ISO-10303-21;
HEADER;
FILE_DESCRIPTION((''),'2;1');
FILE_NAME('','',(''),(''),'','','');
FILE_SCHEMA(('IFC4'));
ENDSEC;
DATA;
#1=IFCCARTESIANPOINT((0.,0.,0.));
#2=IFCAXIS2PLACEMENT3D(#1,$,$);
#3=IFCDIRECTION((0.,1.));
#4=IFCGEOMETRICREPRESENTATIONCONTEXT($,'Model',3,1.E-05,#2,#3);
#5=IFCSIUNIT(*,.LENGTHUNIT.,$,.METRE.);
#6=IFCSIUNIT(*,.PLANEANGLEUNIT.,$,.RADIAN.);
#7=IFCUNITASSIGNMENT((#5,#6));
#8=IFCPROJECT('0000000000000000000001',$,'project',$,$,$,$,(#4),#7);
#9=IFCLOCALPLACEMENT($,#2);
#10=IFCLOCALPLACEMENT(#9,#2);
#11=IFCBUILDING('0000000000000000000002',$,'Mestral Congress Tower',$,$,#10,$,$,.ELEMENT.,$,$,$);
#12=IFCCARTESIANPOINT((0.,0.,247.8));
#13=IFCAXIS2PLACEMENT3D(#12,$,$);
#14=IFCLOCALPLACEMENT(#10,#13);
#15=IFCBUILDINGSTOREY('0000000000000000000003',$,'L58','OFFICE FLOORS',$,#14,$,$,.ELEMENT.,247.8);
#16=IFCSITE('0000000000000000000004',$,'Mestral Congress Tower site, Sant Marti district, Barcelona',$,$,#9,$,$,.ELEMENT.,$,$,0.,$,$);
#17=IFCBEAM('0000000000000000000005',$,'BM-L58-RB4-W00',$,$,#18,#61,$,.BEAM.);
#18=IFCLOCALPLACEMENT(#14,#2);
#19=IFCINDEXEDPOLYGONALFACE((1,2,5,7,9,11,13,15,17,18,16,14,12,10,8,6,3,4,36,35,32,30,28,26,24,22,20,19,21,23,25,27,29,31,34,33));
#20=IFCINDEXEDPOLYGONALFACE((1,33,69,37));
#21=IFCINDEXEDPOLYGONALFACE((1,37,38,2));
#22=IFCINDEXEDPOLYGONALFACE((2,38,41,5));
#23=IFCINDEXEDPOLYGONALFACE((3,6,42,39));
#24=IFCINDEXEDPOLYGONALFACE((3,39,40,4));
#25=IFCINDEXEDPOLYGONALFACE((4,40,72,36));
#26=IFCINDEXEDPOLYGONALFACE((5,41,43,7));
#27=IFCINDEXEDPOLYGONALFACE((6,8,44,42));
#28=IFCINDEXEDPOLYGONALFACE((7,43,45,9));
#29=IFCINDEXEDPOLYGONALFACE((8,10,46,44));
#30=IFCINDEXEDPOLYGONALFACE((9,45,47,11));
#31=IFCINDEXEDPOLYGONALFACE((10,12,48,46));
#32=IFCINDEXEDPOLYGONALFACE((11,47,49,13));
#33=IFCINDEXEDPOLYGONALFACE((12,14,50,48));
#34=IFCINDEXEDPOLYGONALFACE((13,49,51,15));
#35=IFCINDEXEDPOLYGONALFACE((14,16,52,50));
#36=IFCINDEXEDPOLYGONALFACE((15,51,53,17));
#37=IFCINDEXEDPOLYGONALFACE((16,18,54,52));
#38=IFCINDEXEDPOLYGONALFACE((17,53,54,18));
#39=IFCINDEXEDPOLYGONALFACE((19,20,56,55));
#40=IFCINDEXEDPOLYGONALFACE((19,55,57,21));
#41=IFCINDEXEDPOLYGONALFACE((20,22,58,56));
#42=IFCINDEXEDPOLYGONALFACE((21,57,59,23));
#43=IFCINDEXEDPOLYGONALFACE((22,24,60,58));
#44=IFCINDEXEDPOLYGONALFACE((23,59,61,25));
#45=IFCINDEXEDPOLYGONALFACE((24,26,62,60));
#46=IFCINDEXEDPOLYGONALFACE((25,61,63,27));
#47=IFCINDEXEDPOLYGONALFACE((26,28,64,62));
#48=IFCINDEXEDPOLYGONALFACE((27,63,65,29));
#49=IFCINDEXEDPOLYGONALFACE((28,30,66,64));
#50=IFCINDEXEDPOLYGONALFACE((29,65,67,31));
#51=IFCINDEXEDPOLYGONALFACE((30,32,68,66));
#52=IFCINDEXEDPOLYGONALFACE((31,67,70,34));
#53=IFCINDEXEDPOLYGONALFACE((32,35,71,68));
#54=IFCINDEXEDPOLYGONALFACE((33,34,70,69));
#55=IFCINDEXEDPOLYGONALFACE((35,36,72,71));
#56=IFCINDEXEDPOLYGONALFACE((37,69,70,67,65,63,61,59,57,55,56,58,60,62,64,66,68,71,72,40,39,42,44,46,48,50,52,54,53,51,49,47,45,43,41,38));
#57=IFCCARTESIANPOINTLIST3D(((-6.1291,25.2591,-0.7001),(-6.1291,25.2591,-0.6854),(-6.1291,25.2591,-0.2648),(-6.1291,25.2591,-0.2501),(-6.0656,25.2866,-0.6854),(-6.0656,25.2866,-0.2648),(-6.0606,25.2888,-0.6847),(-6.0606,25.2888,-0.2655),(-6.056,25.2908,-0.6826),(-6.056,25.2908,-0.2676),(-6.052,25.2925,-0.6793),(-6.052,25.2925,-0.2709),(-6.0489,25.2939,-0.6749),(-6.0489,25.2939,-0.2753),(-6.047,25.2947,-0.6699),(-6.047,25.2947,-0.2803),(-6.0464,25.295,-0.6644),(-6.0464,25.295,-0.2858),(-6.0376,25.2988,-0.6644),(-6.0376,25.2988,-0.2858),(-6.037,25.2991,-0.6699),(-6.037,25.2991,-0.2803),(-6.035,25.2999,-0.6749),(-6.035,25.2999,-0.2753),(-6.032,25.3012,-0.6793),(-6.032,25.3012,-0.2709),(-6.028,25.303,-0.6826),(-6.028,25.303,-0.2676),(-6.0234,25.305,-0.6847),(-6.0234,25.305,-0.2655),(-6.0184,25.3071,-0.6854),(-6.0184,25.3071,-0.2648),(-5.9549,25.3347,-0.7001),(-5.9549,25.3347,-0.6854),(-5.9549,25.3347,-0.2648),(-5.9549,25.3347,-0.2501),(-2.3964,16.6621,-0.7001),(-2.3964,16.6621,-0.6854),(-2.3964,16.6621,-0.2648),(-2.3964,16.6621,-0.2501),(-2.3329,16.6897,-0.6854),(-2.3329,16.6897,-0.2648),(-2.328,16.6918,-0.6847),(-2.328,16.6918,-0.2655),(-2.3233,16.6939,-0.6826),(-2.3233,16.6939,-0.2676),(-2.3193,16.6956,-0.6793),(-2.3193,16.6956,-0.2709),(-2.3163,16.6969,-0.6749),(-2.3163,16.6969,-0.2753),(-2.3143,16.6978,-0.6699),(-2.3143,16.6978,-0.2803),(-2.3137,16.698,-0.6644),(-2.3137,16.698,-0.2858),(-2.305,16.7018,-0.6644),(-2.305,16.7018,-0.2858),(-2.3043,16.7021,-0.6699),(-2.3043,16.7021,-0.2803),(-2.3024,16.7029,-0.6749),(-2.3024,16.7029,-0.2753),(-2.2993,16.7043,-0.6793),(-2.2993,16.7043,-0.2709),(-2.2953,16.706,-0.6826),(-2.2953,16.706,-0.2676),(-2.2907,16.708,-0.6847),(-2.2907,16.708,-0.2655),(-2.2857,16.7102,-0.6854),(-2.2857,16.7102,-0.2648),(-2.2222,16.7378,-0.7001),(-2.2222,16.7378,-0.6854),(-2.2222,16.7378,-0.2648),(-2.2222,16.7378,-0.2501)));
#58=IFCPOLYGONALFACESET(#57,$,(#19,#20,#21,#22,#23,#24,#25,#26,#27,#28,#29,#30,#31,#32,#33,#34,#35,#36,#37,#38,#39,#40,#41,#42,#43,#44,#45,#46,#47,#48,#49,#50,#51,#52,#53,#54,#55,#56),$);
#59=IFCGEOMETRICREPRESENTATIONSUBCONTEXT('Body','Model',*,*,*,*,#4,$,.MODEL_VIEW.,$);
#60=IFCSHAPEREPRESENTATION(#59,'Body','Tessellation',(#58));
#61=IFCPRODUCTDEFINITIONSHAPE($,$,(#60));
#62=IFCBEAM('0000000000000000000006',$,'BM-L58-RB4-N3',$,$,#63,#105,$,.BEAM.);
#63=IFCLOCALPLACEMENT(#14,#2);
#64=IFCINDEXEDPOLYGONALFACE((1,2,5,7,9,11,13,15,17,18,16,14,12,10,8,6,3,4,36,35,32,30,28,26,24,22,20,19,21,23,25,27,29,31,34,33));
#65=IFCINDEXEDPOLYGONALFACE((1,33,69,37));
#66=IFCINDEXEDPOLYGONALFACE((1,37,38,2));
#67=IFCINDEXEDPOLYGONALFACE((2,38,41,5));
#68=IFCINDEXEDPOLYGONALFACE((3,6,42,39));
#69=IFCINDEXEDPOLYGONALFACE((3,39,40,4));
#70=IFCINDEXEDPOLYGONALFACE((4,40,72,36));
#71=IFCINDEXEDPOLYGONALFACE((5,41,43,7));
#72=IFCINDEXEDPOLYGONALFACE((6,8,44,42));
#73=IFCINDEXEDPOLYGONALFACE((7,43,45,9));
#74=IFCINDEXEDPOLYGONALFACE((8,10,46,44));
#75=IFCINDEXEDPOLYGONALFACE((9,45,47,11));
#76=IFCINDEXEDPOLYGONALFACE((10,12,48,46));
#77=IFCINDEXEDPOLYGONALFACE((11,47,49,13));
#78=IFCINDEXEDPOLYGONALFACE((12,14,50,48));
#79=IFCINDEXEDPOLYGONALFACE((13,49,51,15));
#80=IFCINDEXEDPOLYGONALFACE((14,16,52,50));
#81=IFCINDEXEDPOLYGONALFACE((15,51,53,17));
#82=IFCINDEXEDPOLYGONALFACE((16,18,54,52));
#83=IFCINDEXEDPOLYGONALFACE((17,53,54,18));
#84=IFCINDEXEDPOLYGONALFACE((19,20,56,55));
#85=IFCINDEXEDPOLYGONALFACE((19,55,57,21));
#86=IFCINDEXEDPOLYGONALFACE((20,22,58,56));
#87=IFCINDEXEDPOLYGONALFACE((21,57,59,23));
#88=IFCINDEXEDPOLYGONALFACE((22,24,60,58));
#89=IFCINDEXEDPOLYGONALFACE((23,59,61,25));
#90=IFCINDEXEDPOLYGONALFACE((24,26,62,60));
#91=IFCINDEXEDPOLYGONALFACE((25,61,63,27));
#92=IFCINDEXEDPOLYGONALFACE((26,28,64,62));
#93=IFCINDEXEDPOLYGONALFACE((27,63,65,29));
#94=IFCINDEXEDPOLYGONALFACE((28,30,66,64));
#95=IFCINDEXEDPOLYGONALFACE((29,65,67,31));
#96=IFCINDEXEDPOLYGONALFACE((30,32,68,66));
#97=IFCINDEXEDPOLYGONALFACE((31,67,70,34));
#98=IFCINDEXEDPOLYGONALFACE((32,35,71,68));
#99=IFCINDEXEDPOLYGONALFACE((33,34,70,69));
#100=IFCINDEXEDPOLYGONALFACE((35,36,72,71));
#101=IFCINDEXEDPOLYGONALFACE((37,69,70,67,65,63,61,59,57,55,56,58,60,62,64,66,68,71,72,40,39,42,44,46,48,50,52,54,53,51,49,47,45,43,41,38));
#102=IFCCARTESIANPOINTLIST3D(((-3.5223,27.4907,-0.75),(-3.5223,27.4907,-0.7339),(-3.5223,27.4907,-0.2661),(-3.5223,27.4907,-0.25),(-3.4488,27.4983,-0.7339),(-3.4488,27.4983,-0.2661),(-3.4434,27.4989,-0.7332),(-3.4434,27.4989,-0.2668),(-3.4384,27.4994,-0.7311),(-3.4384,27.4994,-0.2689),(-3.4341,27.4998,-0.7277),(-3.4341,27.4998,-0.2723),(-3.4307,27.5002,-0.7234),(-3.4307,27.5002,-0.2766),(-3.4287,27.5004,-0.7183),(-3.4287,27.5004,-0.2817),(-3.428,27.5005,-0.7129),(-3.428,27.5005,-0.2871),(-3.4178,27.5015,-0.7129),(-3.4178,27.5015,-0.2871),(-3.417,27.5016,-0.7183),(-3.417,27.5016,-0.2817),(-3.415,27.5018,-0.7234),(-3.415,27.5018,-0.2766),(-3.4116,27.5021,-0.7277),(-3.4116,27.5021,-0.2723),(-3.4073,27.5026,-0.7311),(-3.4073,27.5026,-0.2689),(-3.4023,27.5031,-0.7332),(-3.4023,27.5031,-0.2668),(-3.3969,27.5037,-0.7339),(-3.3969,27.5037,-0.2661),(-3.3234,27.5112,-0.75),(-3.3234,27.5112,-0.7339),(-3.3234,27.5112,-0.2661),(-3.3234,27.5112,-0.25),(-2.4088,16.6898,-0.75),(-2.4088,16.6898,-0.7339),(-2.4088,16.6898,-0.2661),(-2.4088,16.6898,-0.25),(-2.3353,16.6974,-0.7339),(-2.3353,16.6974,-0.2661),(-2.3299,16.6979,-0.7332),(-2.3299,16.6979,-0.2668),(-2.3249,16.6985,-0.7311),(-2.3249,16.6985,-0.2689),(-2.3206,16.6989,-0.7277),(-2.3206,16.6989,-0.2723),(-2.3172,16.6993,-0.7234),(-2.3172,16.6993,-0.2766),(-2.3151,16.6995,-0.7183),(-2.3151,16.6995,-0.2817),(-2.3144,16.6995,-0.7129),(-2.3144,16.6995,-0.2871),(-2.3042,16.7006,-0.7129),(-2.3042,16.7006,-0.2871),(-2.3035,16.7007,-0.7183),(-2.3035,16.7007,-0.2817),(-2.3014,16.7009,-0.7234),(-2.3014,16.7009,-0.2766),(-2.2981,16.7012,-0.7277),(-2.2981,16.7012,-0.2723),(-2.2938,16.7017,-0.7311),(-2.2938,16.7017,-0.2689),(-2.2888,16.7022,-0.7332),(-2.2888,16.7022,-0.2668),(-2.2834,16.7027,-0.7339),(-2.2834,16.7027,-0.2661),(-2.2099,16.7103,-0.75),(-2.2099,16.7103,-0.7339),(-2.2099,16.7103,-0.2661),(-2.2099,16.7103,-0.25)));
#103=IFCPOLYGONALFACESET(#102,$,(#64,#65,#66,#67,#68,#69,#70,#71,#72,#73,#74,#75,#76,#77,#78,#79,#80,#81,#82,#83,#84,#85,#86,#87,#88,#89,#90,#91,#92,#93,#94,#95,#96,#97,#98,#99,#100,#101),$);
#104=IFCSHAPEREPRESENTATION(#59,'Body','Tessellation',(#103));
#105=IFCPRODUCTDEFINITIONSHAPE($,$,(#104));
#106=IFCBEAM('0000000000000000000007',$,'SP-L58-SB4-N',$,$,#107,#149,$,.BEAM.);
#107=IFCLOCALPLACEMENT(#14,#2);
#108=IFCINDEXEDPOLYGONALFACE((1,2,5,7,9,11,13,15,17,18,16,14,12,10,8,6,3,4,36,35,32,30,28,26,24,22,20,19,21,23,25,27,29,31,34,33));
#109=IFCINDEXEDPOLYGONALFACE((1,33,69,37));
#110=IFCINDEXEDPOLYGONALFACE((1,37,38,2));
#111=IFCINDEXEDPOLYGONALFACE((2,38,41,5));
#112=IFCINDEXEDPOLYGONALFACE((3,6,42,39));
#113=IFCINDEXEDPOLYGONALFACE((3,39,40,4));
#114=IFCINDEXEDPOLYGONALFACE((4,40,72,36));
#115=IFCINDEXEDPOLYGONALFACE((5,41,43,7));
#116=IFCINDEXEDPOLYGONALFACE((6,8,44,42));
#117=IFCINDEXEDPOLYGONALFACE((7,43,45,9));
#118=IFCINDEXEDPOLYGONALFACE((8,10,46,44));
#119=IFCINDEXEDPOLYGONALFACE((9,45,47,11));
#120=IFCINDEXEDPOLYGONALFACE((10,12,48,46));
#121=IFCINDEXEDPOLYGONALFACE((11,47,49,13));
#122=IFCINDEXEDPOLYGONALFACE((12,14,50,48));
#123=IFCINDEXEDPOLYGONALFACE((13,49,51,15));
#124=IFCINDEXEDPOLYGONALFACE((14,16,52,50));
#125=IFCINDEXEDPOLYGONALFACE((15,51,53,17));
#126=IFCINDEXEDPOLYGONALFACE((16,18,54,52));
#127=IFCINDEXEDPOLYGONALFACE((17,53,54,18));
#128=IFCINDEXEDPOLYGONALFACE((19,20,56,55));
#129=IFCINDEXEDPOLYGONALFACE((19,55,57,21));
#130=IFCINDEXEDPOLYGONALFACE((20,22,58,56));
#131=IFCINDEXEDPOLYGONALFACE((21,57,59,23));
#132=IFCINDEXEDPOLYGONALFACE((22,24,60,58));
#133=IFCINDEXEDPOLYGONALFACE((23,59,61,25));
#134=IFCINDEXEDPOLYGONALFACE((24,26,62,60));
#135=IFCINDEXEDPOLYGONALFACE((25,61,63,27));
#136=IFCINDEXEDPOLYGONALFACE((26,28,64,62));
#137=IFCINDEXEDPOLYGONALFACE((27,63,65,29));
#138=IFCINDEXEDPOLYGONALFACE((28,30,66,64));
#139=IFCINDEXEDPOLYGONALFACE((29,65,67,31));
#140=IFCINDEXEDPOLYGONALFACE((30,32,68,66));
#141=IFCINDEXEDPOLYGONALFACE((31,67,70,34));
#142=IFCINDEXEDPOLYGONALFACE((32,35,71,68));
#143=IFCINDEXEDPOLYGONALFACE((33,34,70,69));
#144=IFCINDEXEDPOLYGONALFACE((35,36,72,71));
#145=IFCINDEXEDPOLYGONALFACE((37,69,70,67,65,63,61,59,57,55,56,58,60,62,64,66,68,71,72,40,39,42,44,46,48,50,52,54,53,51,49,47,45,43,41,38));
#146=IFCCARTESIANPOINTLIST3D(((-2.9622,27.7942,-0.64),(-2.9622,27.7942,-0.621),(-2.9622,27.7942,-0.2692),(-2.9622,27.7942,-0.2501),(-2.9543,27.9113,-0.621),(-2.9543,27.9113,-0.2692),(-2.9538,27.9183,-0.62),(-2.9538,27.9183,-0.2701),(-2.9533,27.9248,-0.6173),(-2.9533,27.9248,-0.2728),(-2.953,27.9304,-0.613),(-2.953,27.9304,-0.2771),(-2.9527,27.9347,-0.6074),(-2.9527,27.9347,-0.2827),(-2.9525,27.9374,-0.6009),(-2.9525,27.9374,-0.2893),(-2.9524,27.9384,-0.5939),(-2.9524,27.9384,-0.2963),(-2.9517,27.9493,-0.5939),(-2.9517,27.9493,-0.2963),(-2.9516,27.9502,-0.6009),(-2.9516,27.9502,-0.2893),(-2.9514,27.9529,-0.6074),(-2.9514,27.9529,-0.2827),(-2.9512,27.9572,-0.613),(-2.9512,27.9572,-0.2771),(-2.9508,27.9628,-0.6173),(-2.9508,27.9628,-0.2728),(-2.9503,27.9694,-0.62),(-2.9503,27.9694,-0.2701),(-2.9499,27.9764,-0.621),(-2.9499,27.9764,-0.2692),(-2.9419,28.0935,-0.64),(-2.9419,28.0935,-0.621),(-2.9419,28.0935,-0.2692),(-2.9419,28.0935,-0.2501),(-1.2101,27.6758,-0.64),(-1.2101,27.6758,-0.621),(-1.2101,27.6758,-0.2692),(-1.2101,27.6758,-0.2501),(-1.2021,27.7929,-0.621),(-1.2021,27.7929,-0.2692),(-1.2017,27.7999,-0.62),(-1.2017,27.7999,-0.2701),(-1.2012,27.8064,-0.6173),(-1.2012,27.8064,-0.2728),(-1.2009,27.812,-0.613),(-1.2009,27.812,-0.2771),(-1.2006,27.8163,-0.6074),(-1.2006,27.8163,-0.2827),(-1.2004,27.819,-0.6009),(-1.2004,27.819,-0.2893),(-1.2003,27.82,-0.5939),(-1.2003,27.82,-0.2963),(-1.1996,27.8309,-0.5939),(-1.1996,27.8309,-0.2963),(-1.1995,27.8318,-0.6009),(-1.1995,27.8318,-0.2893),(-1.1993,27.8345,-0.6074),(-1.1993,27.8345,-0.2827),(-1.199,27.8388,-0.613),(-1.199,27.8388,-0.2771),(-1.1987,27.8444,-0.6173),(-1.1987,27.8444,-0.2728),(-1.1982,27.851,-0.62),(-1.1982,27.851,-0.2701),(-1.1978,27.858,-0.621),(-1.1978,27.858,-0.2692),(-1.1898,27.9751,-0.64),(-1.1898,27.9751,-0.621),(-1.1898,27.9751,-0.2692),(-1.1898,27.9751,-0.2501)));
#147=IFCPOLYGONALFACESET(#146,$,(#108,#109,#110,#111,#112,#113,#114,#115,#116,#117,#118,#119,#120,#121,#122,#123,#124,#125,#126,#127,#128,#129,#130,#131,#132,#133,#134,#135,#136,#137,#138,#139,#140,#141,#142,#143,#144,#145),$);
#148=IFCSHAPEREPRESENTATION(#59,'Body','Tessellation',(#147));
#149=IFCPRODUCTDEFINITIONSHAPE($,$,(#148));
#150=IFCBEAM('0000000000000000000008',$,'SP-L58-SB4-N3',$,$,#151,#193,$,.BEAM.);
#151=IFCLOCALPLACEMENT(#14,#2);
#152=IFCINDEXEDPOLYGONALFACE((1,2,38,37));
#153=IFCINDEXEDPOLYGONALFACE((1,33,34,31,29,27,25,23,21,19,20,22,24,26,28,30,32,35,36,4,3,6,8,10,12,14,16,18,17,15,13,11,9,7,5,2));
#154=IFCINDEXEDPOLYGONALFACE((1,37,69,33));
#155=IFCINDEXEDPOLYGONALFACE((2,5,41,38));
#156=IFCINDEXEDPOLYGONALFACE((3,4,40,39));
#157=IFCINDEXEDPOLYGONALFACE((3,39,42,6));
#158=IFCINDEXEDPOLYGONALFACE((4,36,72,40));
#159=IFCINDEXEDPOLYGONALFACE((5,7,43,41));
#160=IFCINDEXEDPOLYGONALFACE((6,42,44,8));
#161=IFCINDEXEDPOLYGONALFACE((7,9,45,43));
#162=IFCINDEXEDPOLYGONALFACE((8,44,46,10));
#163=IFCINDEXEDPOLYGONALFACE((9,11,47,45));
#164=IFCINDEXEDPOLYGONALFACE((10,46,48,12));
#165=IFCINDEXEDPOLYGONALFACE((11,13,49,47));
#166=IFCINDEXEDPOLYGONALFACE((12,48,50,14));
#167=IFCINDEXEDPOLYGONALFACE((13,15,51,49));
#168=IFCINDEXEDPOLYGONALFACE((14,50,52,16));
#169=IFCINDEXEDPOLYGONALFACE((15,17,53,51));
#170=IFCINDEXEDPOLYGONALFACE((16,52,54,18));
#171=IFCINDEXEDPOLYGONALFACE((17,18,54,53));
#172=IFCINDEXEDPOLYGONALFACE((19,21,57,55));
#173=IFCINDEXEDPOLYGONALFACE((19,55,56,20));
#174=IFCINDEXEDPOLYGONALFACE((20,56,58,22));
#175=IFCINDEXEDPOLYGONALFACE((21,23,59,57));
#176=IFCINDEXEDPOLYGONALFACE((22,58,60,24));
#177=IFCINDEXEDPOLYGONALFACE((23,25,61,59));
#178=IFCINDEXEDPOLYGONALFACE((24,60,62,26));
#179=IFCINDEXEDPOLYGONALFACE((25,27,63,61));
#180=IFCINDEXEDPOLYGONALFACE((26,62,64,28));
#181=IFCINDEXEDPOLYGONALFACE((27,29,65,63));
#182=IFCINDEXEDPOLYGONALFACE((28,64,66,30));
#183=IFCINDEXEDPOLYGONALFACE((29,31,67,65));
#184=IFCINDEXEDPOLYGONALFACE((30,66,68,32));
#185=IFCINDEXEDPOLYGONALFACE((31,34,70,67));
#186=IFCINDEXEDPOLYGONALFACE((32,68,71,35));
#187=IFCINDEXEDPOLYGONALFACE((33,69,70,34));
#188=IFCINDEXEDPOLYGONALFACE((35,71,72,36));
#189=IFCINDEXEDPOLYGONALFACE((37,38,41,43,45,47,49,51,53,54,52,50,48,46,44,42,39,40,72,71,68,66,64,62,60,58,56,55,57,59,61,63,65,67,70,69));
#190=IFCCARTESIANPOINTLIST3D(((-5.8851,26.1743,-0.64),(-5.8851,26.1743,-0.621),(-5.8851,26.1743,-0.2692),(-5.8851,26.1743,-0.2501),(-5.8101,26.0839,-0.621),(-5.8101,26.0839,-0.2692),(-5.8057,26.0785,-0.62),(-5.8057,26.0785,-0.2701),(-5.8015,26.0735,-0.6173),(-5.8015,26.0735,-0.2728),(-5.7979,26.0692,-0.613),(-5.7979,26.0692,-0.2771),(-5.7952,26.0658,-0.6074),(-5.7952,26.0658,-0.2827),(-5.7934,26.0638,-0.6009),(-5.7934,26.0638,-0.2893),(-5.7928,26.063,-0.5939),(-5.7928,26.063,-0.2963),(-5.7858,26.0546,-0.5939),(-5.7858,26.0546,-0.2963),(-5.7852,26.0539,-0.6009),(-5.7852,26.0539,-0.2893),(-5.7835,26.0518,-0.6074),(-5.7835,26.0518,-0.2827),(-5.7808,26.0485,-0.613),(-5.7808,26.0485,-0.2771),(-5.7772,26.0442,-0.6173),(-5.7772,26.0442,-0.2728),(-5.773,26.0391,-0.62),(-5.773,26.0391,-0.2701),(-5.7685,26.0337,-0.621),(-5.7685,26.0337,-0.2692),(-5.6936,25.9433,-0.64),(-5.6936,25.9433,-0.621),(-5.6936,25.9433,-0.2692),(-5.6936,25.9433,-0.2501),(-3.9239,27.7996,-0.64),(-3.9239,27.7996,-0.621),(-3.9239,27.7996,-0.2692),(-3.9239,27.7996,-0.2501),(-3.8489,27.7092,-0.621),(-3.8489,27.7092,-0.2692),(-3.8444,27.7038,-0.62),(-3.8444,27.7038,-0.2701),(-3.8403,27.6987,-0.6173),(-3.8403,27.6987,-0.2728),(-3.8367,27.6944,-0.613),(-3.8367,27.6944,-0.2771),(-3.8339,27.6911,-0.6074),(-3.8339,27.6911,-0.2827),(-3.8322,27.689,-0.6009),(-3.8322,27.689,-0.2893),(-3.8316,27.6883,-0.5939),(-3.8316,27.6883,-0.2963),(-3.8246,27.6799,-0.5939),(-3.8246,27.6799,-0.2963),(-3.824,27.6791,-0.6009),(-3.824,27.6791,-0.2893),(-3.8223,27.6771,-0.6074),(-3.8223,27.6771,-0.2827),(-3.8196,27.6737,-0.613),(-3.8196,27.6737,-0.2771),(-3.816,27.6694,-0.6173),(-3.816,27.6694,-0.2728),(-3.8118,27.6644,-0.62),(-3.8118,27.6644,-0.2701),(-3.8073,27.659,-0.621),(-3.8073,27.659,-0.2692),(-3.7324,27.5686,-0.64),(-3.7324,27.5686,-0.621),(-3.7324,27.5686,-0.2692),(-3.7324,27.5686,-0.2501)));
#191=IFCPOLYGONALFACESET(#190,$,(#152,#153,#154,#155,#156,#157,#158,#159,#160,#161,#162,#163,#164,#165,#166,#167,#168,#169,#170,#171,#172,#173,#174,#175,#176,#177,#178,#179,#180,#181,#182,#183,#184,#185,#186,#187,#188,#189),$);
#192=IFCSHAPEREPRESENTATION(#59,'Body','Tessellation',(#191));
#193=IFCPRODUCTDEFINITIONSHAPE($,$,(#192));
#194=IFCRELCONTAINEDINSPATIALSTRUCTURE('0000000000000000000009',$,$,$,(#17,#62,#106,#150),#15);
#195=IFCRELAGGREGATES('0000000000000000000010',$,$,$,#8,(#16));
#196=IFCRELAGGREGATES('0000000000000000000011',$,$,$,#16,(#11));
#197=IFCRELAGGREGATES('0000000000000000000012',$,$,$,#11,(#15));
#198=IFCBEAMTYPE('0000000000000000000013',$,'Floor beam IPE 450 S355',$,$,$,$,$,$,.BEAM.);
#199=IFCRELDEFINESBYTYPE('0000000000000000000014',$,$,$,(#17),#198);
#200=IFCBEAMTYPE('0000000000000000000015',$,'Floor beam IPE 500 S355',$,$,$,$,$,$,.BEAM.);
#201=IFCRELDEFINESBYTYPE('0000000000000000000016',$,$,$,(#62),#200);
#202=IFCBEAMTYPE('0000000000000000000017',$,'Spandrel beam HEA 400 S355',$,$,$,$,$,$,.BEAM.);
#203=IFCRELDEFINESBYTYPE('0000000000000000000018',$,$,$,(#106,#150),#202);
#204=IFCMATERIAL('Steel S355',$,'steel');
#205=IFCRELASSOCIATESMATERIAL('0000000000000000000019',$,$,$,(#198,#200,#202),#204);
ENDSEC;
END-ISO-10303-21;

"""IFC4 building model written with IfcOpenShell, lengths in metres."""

from ifc_helpers import new_model, si_unit, direction, frame, origin, origin_2d, place, context, subcontext, project, spatial, i_section, extrude, material, material_profile, profile_set, type_object, element, save


model = new_model("IFC4")

# Units and contexts
model_context = context("Model", 3, precision=1e-05, world=origin(), true_north=direction((0.0, 1.0)))
body_context = subcontext(model_context, "Body", "Model", "MODEL_VIEW")
ifc_project = project(units=[si_unit("LENGTHUNIT", "METRE"), si_unit("PLANEANGLEUNIT", "RADIAN")], contexts=[model_context])

# Site, building, storey
site_placement = place(None, origin())
site = spatial("IfcSite", under=ifc_project, at=site_placement, Name="Mestral Congress Tower site, Sant Marti district, Barcelona", CompositionType="ELEMENT", RefElevation=0.0)
building_placement = place(site_placement, origin())
building = spatial("IfcBuilding", under=site, at=building_placement, Name="Mestral Congress Tower", CompositionType="ELEMENT")
storey_placement = place(building_placement, frame((0.0, 0.0, 247.8)))
storey = spatial("IfcBuildingStorey", under=building, at=storey_placement, Name="L58", Description="OFFICE FLOORS", CompositionType="ELEMENT", Elevation=247.8)

# Beams
ifc_material_1 = material(Name="Steel S355", Category="steel")
ifc_material_profile_1 = material_profile(ifc_material_1, i_section(OverallWidth=0.1899, OverallDepth=0.45, WebThickness=0.0095, FlangeThickness=0.0146, FilletRadius=0.021, at=origin_2d()), Name="IPE 450")
ifc_profile_set_1 = profile_set([ifc_material_profile_1], Name="Steel S355")
beam_type_1 = type_object("IfcBeamType", Name="Floor beam IPE 450 S355", PredefinedType="BEAM", material=ifc_profile_set_1)
beam_1_placement = place(storey_placement, frame((-6.042, 25.2969, -0.4751), z_axis=(0.398266, -0.91727, 0.0), x_axis=(0.91727, 0.398266, 0.0)))
element("IfcBeam", 1, at=beam_1_placement, inside=storey, type_object=beam_type_1, Name="BM-L58-RB4-W00", PredefinedType="BEAM", context=body_context, shape_type="SweptSolid", body=[
    extrude(i_section(OverallWidth=0.1899, OverallDepth=0.45, WebThickness=0.0095, FlangeThickness=0.0146, FilletRadius=0.021, at=origin_2d()), origin(), (0.0, 0.0, 1.0), 9.3723),
])
ifc_material_profile_2 = material_profile(ifc_material_1, i_section(OverallWidth=0.2, OverallDepth=0.5, WebThickness=0.0103, FlangeThickness=0.0161, FilletRadius=0.021, at=origin_2d()), Name="IPE 500")
ifc_profile_set_2 = profile_set([ifc_material_profile_2], Name="Steel S355")
beam_type_2 = type_object("IfcBeamType", Name="Floor beam IPE 500 S355", PredefinedType="BEAM", material=ifc_profile_set_2)
beam_2_placement = place(storey_placement, frame((-3.4229, 27.501, -0.5), z_axis=(0.102551, -0.994728, 0.0), x_axis=(0.994728, 0.102551, 0.0)))
element("IfcBeam", 2, at=beam_2_placement, inside=storey, type_object=beam_type_2, Name="BM-L58-RB4-N3", PredefinedType="BEAM", context=body_context, shape_type="SweptSolid", body=[
    extrude(i_section(OverallWidth=0.2, OverallDepth=0.5, WebThickness=0.0103, FlangeThickness=0.0161, FilletRadius=0.021, at=origin_2d()), origin(), (0.0, 0.0, 1.0), 10.8582),
])
ifc_material_profile_3 = material_profile(ifc_material_1, i_section(OverallWidth=0.3, OverallDepth=0.3899, WebThickness=0.011, FlangeThickness=0.019, FilletRadius=0.0271, at=origin_2d()), Name="HEA 400")
ifc_profile_set_3 = profile_set([ifc_material_profile_3], Name="Steel S355")
beam_type_3 = type_object("IfcBeamType", Name="Spandrel beam HEA 400 S355", PredefinedType="BEAM", material=ifc_profile_set_3)
beam_3_placement = place(storey_placement, frame((-1.2, 27.8254, -0.4451), z_axis=(-0.997724, 0.067423, 0.0), x_axis=(-0.067423, -0.997724, 0.0)))
element("IfcBeam", 3, at=beam_3_placement, inside=storey, type_object=beam_type_3, Name="SP-L58-SB4-N", PredefinedType="BEAM", context=body_context, shape_type="SweptSolid", body=[
    extrude(i_section(OverallWidth=0.3, OverallDepth=0.3899, WebThickness=0.011, FlangeThickness=0.019, FilletRadius=0.0271, at=origin_2d()), origin(), (0.0, 0.0, 1.0), 1.7561),
])
beam_4_placement = place(storey_placement, frame((-3.8281, 27.6841, -0.4451), z_axis=(-0.76997, -0.63808, 0.0), x_axis=(0.63808, -0.76997, 0.0)))
element("IfcBeam", 4, at=beam_4_placement, inside=storey, type_object=beam_type_3, Name="SP-L58-SB4-N3", PredefinedType="BEAM", context=body_context, shape_type="SweptSolid", body=[
    extrude(i_section(OverallWidth=0.3, OverallDepth=0.3899, WebThickness=0.011, FlangeThickness=0.019, FilletRadius=0.0271, at=origin_2d()), origin(), (0.0, 0.0, 1.0), 2.5471),
])

save(model, "model.ifc")
